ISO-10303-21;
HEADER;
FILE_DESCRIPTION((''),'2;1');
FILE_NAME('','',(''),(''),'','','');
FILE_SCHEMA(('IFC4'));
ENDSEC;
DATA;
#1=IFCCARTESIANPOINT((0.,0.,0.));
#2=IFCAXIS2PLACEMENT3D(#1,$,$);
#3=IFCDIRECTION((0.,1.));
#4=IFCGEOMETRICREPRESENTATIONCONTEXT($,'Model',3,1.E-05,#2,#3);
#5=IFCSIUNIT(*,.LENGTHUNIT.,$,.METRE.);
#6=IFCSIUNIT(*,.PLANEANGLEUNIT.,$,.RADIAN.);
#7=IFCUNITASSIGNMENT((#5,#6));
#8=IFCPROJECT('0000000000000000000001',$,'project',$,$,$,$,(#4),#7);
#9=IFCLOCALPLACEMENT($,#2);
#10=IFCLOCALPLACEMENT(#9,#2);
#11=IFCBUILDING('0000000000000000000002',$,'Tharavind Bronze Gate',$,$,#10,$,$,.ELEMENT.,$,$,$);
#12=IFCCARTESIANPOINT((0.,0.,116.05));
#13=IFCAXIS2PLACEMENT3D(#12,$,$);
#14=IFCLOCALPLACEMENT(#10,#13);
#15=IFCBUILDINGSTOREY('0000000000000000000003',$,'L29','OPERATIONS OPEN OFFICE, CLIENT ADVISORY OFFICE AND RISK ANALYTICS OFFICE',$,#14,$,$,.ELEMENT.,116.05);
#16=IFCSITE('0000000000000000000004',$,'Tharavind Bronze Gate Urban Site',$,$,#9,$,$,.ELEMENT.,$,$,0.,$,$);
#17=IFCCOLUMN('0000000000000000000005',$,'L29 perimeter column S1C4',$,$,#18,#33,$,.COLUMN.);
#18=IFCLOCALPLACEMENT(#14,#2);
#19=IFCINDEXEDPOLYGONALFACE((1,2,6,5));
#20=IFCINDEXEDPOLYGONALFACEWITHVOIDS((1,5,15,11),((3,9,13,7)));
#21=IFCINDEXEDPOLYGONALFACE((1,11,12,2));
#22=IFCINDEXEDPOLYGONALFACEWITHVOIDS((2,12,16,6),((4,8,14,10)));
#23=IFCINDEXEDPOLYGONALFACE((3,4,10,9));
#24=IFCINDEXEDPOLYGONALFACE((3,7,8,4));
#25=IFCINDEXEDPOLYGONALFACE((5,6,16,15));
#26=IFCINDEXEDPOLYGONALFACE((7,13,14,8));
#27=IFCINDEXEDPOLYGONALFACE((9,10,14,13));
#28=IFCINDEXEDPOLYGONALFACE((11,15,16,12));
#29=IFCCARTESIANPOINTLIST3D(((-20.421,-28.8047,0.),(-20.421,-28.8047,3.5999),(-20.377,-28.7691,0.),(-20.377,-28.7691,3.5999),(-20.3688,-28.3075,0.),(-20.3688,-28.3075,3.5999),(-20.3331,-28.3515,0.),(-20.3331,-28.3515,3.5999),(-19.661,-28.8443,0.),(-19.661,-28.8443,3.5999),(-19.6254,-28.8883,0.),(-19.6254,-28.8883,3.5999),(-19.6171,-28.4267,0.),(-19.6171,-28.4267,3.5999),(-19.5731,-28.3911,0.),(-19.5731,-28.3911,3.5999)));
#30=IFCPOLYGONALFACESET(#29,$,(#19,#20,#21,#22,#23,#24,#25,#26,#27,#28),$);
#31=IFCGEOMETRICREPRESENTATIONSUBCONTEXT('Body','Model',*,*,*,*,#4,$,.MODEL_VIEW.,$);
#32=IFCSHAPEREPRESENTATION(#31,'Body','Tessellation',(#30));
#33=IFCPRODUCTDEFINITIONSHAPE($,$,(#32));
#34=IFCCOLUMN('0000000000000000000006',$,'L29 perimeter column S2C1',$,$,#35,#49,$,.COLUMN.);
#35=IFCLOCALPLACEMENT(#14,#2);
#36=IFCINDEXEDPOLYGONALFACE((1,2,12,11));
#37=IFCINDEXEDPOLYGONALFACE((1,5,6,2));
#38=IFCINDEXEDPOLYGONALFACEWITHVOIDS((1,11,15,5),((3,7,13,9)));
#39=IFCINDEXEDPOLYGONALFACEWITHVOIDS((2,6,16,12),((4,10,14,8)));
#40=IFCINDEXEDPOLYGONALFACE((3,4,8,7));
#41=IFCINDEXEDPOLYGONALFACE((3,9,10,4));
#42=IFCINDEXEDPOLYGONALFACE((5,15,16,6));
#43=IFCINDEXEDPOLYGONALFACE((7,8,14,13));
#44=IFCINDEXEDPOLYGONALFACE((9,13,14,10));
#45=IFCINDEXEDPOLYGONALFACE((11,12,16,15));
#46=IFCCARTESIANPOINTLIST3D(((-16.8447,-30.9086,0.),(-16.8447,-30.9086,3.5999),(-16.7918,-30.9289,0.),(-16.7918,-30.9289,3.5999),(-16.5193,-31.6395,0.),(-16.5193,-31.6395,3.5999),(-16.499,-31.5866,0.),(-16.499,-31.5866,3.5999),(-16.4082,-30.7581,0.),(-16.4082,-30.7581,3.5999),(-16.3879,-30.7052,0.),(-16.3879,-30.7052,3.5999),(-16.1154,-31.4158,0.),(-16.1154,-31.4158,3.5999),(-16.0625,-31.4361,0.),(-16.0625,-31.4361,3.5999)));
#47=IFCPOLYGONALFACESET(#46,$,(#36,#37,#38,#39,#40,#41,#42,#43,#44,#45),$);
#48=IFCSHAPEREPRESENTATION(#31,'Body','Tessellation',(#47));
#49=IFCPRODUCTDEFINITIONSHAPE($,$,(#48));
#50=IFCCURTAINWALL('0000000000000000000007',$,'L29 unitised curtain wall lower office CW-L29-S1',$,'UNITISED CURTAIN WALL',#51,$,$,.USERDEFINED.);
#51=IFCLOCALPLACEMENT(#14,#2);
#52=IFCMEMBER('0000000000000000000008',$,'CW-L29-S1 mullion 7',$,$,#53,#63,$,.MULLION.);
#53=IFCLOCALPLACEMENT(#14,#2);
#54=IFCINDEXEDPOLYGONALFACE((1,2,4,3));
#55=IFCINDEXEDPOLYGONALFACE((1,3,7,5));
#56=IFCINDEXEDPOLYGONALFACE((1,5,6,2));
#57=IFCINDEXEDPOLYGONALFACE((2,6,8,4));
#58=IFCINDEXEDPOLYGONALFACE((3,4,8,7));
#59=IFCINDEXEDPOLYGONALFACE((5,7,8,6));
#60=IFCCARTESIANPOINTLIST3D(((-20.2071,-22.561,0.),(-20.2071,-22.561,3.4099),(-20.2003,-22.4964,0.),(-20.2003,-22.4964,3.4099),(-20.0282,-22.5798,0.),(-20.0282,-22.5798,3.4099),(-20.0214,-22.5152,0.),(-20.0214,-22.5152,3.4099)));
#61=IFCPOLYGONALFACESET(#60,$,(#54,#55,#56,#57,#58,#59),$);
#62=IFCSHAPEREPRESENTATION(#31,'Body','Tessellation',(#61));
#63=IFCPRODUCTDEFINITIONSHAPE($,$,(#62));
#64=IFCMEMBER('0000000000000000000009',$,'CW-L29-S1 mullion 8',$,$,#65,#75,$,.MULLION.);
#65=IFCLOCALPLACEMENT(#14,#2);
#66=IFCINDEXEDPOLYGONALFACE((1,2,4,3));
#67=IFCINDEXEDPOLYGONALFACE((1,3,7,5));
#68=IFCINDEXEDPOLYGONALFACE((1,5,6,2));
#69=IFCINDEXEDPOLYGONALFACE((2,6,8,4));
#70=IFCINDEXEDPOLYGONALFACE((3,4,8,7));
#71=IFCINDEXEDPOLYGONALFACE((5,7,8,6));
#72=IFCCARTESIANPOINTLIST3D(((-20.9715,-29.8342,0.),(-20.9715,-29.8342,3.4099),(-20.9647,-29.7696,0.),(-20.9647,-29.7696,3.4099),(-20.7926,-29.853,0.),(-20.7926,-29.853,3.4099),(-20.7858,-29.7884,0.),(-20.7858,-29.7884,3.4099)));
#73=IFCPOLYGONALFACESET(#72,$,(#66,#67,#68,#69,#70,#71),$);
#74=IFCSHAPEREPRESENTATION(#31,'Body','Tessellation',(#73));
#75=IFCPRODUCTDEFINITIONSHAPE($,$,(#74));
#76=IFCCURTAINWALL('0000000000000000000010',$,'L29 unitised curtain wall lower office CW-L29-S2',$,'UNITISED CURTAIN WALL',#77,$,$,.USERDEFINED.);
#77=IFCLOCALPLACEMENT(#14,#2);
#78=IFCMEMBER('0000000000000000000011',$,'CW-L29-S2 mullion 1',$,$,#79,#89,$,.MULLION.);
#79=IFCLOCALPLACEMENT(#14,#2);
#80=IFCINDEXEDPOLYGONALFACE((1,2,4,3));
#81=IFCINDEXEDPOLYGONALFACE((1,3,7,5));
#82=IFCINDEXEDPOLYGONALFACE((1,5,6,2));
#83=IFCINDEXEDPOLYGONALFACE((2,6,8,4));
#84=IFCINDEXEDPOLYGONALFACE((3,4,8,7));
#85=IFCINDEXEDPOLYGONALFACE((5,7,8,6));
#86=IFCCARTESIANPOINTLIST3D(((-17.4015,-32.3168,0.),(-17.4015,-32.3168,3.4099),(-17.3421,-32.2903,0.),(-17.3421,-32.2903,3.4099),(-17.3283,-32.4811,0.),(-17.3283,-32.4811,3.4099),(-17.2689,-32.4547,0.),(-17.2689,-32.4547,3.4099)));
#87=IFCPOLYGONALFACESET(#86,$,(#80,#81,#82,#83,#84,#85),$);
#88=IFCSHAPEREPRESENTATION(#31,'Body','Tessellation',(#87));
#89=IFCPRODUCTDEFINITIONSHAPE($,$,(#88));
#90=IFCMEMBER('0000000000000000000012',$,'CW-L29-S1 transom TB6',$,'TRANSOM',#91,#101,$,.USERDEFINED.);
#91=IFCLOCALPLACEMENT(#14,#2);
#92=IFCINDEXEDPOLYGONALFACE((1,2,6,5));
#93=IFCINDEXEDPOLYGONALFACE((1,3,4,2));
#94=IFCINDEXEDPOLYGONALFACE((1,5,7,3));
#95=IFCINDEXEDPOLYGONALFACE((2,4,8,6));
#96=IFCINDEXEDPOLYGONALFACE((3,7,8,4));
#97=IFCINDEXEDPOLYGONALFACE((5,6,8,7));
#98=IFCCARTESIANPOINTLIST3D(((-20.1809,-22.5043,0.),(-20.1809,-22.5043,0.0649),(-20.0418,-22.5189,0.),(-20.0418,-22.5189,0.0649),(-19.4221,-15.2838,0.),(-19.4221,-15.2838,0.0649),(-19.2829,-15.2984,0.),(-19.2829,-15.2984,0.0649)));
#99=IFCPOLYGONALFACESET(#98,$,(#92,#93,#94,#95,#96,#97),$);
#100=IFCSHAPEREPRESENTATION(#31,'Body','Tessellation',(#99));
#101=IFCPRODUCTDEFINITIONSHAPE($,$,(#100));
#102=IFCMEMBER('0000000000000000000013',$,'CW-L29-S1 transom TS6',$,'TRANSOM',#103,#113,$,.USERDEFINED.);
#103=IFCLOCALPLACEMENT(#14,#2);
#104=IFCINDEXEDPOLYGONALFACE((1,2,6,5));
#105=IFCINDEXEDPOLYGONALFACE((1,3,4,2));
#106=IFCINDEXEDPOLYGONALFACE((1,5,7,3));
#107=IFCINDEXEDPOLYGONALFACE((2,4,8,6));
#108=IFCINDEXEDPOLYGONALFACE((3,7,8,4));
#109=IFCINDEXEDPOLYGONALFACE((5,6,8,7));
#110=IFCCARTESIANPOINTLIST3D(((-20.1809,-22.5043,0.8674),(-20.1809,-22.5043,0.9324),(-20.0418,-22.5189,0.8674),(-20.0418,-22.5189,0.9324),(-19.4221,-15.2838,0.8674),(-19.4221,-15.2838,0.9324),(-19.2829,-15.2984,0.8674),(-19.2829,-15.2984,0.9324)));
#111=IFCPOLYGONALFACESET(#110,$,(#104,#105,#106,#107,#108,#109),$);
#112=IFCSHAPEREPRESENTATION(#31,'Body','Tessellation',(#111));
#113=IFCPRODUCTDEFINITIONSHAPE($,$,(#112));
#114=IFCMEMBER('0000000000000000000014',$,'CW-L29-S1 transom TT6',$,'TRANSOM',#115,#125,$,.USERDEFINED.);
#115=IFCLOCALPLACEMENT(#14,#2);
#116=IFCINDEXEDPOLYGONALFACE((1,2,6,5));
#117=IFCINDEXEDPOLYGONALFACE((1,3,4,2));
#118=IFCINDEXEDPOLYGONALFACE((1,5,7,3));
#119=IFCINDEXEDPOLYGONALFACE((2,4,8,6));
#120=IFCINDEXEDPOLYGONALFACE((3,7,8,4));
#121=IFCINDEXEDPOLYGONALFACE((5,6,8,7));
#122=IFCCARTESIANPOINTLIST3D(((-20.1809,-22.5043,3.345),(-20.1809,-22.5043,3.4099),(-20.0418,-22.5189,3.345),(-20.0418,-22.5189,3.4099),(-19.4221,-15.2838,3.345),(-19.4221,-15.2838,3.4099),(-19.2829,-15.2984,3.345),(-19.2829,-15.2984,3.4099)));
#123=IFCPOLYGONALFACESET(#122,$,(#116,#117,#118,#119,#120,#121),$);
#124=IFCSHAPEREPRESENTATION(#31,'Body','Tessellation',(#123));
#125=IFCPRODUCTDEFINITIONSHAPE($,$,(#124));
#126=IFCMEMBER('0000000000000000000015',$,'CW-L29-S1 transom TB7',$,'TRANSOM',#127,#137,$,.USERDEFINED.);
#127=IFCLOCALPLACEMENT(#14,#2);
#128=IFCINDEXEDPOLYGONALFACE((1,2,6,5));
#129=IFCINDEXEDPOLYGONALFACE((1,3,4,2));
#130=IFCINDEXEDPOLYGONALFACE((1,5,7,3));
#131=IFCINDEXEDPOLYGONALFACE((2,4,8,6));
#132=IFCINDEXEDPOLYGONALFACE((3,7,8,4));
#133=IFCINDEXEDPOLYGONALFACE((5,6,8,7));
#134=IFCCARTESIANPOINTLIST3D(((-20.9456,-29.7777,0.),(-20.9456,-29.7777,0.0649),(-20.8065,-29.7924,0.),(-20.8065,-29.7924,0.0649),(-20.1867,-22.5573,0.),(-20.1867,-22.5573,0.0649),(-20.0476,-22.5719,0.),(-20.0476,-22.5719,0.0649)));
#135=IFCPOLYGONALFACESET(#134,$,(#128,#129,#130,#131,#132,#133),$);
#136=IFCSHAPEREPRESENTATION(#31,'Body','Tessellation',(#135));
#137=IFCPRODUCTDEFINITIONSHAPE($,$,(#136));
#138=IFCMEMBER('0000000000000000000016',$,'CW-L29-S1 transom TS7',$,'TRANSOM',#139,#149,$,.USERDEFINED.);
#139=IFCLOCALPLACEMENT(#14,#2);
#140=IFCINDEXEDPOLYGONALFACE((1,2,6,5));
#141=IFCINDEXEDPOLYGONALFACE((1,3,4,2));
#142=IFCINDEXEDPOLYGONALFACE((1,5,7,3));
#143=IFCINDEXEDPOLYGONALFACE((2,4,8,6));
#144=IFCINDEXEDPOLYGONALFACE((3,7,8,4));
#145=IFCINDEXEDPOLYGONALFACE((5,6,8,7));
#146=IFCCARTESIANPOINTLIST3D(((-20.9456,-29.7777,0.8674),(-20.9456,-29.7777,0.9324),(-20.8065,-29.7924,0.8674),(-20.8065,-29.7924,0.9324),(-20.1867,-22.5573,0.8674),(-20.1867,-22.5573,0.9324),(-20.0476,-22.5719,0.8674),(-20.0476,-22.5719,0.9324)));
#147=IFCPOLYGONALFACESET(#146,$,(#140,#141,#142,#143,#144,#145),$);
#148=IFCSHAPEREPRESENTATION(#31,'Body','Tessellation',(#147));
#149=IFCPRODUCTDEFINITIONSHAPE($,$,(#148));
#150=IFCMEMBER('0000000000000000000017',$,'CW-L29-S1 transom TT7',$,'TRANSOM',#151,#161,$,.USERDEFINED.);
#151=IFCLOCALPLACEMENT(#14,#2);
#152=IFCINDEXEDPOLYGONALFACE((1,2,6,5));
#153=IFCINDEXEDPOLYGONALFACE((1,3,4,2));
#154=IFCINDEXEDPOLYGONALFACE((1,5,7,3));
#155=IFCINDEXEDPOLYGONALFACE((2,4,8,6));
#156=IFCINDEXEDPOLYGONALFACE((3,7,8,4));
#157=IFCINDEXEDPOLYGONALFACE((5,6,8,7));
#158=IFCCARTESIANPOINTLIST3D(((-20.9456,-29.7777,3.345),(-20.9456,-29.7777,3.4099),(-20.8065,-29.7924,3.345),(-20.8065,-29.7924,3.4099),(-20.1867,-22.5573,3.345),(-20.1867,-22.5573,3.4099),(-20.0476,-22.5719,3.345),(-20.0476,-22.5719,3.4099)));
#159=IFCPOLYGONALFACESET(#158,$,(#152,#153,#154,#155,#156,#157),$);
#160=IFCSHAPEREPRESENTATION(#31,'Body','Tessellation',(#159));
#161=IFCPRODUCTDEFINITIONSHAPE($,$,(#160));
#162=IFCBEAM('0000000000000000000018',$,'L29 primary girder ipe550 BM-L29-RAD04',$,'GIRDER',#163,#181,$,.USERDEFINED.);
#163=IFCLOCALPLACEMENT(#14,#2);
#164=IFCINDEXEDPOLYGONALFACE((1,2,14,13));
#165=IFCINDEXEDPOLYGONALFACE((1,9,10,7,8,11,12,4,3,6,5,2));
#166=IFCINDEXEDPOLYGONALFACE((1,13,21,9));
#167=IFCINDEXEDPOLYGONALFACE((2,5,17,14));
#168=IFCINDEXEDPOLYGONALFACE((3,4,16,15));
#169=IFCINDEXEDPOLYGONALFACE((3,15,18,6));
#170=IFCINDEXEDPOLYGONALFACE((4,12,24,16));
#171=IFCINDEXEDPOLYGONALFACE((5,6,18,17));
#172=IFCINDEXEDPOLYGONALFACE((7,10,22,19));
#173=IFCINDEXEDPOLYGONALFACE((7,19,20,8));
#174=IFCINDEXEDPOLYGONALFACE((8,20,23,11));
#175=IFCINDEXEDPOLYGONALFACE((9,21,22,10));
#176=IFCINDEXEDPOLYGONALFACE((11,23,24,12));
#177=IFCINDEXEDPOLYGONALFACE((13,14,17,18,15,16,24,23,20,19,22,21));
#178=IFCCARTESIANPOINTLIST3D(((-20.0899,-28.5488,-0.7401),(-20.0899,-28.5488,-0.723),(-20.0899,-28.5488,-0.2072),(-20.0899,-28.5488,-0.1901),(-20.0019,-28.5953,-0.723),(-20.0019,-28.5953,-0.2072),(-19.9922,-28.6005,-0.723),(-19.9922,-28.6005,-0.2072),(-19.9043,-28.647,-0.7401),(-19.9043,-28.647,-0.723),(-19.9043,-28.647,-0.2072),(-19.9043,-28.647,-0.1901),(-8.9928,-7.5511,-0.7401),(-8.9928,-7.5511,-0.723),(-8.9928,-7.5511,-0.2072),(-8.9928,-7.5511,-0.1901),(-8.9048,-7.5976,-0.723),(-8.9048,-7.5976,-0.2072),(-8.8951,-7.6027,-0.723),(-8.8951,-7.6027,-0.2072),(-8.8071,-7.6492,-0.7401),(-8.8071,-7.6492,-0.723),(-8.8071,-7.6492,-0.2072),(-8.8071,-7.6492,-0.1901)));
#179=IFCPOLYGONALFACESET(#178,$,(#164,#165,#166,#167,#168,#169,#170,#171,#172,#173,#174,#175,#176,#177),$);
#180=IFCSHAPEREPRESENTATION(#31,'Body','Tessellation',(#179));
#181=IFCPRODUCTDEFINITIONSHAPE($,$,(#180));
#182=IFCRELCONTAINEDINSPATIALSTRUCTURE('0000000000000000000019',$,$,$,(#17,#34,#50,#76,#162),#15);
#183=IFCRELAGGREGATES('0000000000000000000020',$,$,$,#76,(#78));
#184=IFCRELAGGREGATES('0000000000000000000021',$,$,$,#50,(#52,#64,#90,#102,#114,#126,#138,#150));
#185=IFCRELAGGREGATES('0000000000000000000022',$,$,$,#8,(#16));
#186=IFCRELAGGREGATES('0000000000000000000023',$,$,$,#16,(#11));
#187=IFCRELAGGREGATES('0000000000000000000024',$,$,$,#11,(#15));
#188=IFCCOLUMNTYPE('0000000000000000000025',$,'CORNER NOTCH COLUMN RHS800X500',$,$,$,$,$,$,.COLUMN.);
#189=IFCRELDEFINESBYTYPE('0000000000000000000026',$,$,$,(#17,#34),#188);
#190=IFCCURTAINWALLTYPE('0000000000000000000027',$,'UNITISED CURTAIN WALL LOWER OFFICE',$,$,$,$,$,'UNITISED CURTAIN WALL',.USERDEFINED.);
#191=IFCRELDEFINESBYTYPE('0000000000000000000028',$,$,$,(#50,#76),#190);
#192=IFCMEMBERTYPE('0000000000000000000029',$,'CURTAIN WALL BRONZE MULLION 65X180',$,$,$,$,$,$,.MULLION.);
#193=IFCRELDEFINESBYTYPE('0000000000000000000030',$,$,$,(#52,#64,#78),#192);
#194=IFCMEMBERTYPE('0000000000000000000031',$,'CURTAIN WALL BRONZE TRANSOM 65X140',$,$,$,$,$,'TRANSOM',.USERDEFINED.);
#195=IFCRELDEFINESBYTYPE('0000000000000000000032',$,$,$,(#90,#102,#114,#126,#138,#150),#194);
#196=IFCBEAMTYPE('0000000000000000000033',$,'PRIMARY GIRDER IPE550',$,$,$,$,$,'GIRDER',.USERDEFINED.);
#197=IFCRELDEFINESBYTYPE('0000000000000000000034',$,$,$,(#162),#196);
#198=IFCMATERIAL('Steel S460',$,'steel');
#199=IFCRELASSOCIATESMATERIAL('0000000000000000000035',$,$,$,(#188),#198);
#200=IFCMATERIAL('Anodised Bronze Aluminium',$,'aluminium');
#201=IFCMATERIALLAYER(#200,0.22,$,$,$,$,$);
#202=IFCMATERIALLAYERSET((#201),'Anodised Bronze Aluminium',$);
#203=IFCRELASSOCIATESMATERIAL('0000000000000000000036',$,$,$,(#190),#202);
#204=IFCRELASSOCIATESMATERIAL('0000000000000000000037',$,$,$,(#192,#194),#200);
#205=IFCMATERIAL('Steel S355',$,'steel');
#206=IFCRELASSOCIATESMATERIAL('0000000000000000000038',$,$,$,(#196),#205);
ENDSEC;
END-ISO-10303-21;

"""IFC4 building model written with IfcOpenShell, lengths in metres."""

from ifc_helpers import new_model, si_unit, direction, frame, origin, origin_2d, place, context, subcontext, project, spatial, rectangle, hollow_rectangle, i_section, extrude, material, layer, layer_set, material_profile, profile_set, type_object, element, aggregate, save


model = new_model("IFC4")

# Units and contexts
model_context = context("Model", 3, precision=1e-05, world=origin(), true_north=direction((0.0, 1.0)))
body_context = subcontext(model_context, "Body", "Model", "MODEL_VIEW")
ifc_project = project(units=[si_unit("LENGTHUNIT", "METRE"), si_unit("PLANEANGLEUNIT", "RADIAN")], contexts=[model_context])

# Site, building, storey
site_placement = place(None, origin())
site = spatial("IfcSite", under=ifc_project, at=site_placement, Name="Tharavind Bronze Gate Urban Site", CompositionType="ELEMENT", RefElevation=0.0)
building_placement = place(site_placement, origin())
building = spatial("IfcBuilding", under=site, at=building_placement, Name="Tharavind Bronze Gate", CompositionType="ELEMENT")
storey_placement = place(building_placement, frame((0.0, 0.0, 116.05)))
storey = spatial("IfcBuildingStorey", under=building, at=storey_placement, Name="L29", Description="OPERATIONS OPEN OFFICE, CLIENT ADVISORY OFFICE AND RISK ANALYTICS OFFICE", CompositionType="ELEMENT", Elevation=116.05)

# Columns
ifc_material_1 = material(Name="Steel S460", Category="steel")
ifc_material_profile_1 = material_profile(ifc_material_1, hollow_rectangle(XDim=0.5, YDim=0.8, WallThickness=0.04, at=origin_2d()), Name="RHS800X500X40")
ifc_profile_set_1 = profile_set([ifc_material_profile_1], Name="Steel S460")
column_type = type_object("IfcColumnType", Name="CORNER NOTCH COLUMN RHS800X500", PredefinedType="COLUMN", material=ifc_profile_set_1)
for number, where, z_axis, x_axis, name in (
    (1, (-19.9971, -28.5979, 0.0), (0.0, 0.0, 1.0), (0.10453, 0.994522, 0.0), "L29 perimeter column S1C4"),
    (2, (-16.4536, -31.1724, 0.0), (0.0, 0.0, 1.0), (0.913545, 0.406737, 0.0), "L29 perimeter column S2C1"),
):
    element("IfcColumn", number, at=place(storey_placement, frame(where, z_axis=z_axis, x_axis=x_axis)), inside=storey, type_object=column_type, Name=name, PredefinedType="COLUMN", context=body_context, shape_type="SweptSolid", body=[
        extrude(hollow_rectangle(XDim=0.5, YDim=0.8, WallThickness=0.04, at=origin_2d()), origin(), (0.0, 0.0, 1.0), 3.5999),
    ])

# Curtain wall, members
ifc_material_2 = material(Name="Anodised Bronze Aluminium", Category="aluminium")
ifc_layer_1 = layer(ifc_material_2, 0.22)
ifc_layer_set_1 = layer_set([ifc_layer_1], Name="Anodised Bronze Aluminium")
curtain_wall_type = type_object("IfcCurtainWallType", Name="UNITISED CURTAIN WALL LOWER OFFICE", ElementType="UNITISED CURTAIN WALL", PredefinedType="USERDEFINED", material=ifc_layer_set_1)
curtain_wall_1_placement = place(storey_placement, origin())
curtain_wall_1 = element("IfcCurtainWall", 3, at=curtain_wall_1_placement, inside=storey, type_object=curtain_wall_type, Name="L29 unitised curtain wall lower office CW-L29-S1", ObjectType="UNITISED CURTAIN WALL", PredefinedType="USERDEFINED")
member_type_1 = type_object("IfcMemberType", Name="CURTAIN WALL BRONZE MULLION 65X180", PredefinedType="MULLION", material=ifc_material_2)
member_1_placement = place(storey_placement, frame((-20.1143, -22.5381, 0.0), z_axis=(0.0, 0.0, 1.0), x_axis=(-0.104527, -0.994522, 0.0)))
member_1 = element("IfcMember", 4, at=member_1_placement, type_object=member_type_1, Name="CW-L29-S1 mullion 7", PredefinedType="MULLION", context=body_context, shape_type="SweptSolid", body=[
    extrude(rectangle(XDim=0.0649, YDim=0.1799, at=origin_2d()), origin(), (0.0, 0.0, 1.0), 3.4099),
])
member_2_placement = place(storey_placement, frame((-20.8787, -29.8113, 0.0), z_axis=(0.0, 0.0, 1.0), x_axis=(-0.104527, -0.994522, 0.0)))
member_2 = element("IfcMember", 5, at=member_2_placement, type_object=member_type_1, Name="CW-L29-S1 mullion 8", PredefinedType="MULLION", context=body_context, shape_type="SweptSolid", body=[
    extrude(rectangle(XDim=0.0649, YDim=0.1799, at=origin_2d()), origin(), (0.0, 0.0, 1.0), 3.4099),
])

# Curtain wall, member
curtain_wall_2_placement = place(storey_placement, origin())
curtain_wall_2 = element("IfcCurtainWall", 6, at=curtain_wall_2_placement, inside=storey, type_object=curtain_wall_type, Name="L29 unitised curtain wall lower office CW-L29-S2", ObjectType="UNITISED CURTAIN WALL", PredefinedType="USERDEFINED")
member_3_placement = place(storey_placement, frame((-17.3352, -32.3857, 0.0), z_axis=(0.0, 0.0, 1.0), x_axis=(0.913545, 0.406737, 0.0)))
member_3 = element("IfcMember", 7, at=member_3_placement, type_object=member_type_1, Name="CW-L29-S2 mullion 1", PredefinedType="MULLION", context=body_context, shape_type="SweptSolid", body=[
    extrude(rectangle(XDim=0.0649, YDim=0.1799, at=origin_2d()), origin(), (0.0, 0.0, 1.0), 3.4099),
])
aggregate(curtain_wall_2, [member_3])

# Members
member_type_2 = type_object("IfcMemberType", Name="CURTAIN WALL BRONZE TRANSOM 65X140", ElementType="TRANSOM", PredefinedType="USERDEFINED", material=ifc_material_2)
member_4_placement = place(storey_placement, frame((-19.7319, -18.9014, 0.0), z_axis=(0.0, 0.0, 1.0), x_axis=(-0.104527, -0.994522, 0.0)))
member_4 = element("IfcMember", 8, at=member_4_placement, type_object=member_type_2, Name="CW-L29-S1 transom TB6", ObjectType="TRANSOM", PredefinedType="USERDEFINED", context=body_context, shape_type="SweptSolid", body=[
    extrude(rectangle(XDim=7.2603, YDim=0.1399, at=origin_2d()), origin(), (0.0, 0.0, 1.0), 0.0649),
])
member_5_placement = place(storey_placement, frame((-19.7319, -18.9014, 0.8674), z_axis=(0.0, 0.0, 1.0), x_axis=(-0.104527, -0.994522, 0.0)))
member_5 = element("IfcMember", 9, at=member_5_placement, type_object=member_type_2, Name="CW-L29-S1 transom TS6", ObjectType="TRANSOM", PredefinedType="USERDEFINED", context=body_context, shape_type="SweptSolid", body=[
    extrude(rectangle(XDim=7.2603, YDim=0.1399, at=origin_2d()), origin(), (0.0, 0.0, 1.0), 0.0649),
])
member_6_placement = place(storey_placement, frame((-19.7319, -18.9014, 3.345), z_axis=(0.0, 0.0, 1.0), x_axis=(-0.104527, -0.994522, 0.0)))
member_6 = element("IfcMember", 10, at=member_6_placement, type_object=member_type_2, Name="CW-L29-S1 transom TT6", ObjectType="TRANSOM", PredefinedType="USERDEFINED", context=body_context, shape_type="SweptSolid", body=[
    extrude(rectangle(XDim=7.2603, YDim=0.1399, at=origin_2d()), origin(), (0.0, 0.0, 1.0), 0.0649),
])
member_7_placement = place(storey_placement, frame((-20.4966, -26.1748, 0.0), z_axis=(0.0, 0.0, 1.0), x_axis=(-0.104527, -0.994522, 0.0)))
member_7 = element("IfcMember", 11, at=member_7_placement, type_object=member_type_2, Name="CW-L29-S1 transom TB7", ObjectType="TRANSOM", PredefinedType="USERDEFINED", context=body_context, shape_type="SweptSolid", body=[
    extrude(rectangle(XDim=7.2603, YDim=0.1399, at=origin_2d()), origin(), (0.0, 0.0, 1.0), 0.0649),
])
member_8_placement = place(storey_placement, frame((-20.4966, -26.1748, 0.8674), z_axis=(0.0, 0.0, 1.0), x_axis=(-0.104527, -0.994522, 0.0)))
member_8 = element("IfcMember", 12, at=member_8_placement, type_object=member_type_2, Name="CW-L29-S1 transom TS7", ObjectType="TRANSOM", PredefinedType="USERDEFINED", context=body_context, shape_type="SweptSolid", body=[
    extrude(rectangle(XDim=7.2603, YDim=0.1399, at=origin_2d()), origin(), (0.0, 0.0, 1.0), 0.0649),
])
member_9_placement = place(storey_placement, frame((-20.4966, -26.1748, 3.345), z_axis=(0.0, 0.0, 1.0), x_axis=(-0.104527, -0.994522, 0.0)))
member_9 = element("IfcMember", 13, at=member_9_placement, type_object=member_type_2, Name="CW-L29-S1 transom TT7", ObjectType="TRANSOM", PredefinedType="USERDEFINED", context=body_context, shape_type="SweptSolid", body=[
    extrude(rectangle(XDim=7.2603, YDim=0.1399, at=origin_2d()), origin(), (0.0, 0.0, 1.0), 0.0649),
])

# Beam
ifc_material_3 = material(Name="Steel S355", Category="steel")
ifc_material_profile_2 = material_profile(ifc_material_3, i_section(OverallWidth=0.21, OverallDepth=0.55, WebThickness=0.011, FlangeThickness=0.0171, at=origin_2d()), Name="IPE550")
ifc_profile_set_2 = profile_set([ifc_material_profile_2], Name="Steel S355")
beam_type_1 = type_object("IfcBeamType", Name="PRIMARY GIRDER IPE550", ElementType="GIRDER", PredefinedType="USERDEFINED", material=ifc_profile_set_2)
beam_1_placement = place(storey_placement, frame((-19.9971, -28.5979, -0.4651), z_axis=(0.467252, 0.884124, 0.0), x_axis=(-0.884124, 0.467252, 0.0)))
element("IfcBeam", 14, at=beam_1_placement, inside=storey, type_object=beam_type_1, Name="L29 primary girder ipe550 BM-L29-RAD04", ObjectType="GIRDER", PredefinedType="USERDEFINED", context=body_context, shape_type="SweptSolid", body=[
    extrude(i_section(OverallWidth=0.21, OverallDepth=0.55, WebThickness=0.011, FlangeThickness=0.0171, at=origin_2d()), origin(), (0.0, 0.0, 1.0), 23.7498),
])

aggregate(curtain_wall_1, [member_1, member_2, member_4, member_5, member_6, member_7, member_8, member_9])

save(model, "model.ifc")
